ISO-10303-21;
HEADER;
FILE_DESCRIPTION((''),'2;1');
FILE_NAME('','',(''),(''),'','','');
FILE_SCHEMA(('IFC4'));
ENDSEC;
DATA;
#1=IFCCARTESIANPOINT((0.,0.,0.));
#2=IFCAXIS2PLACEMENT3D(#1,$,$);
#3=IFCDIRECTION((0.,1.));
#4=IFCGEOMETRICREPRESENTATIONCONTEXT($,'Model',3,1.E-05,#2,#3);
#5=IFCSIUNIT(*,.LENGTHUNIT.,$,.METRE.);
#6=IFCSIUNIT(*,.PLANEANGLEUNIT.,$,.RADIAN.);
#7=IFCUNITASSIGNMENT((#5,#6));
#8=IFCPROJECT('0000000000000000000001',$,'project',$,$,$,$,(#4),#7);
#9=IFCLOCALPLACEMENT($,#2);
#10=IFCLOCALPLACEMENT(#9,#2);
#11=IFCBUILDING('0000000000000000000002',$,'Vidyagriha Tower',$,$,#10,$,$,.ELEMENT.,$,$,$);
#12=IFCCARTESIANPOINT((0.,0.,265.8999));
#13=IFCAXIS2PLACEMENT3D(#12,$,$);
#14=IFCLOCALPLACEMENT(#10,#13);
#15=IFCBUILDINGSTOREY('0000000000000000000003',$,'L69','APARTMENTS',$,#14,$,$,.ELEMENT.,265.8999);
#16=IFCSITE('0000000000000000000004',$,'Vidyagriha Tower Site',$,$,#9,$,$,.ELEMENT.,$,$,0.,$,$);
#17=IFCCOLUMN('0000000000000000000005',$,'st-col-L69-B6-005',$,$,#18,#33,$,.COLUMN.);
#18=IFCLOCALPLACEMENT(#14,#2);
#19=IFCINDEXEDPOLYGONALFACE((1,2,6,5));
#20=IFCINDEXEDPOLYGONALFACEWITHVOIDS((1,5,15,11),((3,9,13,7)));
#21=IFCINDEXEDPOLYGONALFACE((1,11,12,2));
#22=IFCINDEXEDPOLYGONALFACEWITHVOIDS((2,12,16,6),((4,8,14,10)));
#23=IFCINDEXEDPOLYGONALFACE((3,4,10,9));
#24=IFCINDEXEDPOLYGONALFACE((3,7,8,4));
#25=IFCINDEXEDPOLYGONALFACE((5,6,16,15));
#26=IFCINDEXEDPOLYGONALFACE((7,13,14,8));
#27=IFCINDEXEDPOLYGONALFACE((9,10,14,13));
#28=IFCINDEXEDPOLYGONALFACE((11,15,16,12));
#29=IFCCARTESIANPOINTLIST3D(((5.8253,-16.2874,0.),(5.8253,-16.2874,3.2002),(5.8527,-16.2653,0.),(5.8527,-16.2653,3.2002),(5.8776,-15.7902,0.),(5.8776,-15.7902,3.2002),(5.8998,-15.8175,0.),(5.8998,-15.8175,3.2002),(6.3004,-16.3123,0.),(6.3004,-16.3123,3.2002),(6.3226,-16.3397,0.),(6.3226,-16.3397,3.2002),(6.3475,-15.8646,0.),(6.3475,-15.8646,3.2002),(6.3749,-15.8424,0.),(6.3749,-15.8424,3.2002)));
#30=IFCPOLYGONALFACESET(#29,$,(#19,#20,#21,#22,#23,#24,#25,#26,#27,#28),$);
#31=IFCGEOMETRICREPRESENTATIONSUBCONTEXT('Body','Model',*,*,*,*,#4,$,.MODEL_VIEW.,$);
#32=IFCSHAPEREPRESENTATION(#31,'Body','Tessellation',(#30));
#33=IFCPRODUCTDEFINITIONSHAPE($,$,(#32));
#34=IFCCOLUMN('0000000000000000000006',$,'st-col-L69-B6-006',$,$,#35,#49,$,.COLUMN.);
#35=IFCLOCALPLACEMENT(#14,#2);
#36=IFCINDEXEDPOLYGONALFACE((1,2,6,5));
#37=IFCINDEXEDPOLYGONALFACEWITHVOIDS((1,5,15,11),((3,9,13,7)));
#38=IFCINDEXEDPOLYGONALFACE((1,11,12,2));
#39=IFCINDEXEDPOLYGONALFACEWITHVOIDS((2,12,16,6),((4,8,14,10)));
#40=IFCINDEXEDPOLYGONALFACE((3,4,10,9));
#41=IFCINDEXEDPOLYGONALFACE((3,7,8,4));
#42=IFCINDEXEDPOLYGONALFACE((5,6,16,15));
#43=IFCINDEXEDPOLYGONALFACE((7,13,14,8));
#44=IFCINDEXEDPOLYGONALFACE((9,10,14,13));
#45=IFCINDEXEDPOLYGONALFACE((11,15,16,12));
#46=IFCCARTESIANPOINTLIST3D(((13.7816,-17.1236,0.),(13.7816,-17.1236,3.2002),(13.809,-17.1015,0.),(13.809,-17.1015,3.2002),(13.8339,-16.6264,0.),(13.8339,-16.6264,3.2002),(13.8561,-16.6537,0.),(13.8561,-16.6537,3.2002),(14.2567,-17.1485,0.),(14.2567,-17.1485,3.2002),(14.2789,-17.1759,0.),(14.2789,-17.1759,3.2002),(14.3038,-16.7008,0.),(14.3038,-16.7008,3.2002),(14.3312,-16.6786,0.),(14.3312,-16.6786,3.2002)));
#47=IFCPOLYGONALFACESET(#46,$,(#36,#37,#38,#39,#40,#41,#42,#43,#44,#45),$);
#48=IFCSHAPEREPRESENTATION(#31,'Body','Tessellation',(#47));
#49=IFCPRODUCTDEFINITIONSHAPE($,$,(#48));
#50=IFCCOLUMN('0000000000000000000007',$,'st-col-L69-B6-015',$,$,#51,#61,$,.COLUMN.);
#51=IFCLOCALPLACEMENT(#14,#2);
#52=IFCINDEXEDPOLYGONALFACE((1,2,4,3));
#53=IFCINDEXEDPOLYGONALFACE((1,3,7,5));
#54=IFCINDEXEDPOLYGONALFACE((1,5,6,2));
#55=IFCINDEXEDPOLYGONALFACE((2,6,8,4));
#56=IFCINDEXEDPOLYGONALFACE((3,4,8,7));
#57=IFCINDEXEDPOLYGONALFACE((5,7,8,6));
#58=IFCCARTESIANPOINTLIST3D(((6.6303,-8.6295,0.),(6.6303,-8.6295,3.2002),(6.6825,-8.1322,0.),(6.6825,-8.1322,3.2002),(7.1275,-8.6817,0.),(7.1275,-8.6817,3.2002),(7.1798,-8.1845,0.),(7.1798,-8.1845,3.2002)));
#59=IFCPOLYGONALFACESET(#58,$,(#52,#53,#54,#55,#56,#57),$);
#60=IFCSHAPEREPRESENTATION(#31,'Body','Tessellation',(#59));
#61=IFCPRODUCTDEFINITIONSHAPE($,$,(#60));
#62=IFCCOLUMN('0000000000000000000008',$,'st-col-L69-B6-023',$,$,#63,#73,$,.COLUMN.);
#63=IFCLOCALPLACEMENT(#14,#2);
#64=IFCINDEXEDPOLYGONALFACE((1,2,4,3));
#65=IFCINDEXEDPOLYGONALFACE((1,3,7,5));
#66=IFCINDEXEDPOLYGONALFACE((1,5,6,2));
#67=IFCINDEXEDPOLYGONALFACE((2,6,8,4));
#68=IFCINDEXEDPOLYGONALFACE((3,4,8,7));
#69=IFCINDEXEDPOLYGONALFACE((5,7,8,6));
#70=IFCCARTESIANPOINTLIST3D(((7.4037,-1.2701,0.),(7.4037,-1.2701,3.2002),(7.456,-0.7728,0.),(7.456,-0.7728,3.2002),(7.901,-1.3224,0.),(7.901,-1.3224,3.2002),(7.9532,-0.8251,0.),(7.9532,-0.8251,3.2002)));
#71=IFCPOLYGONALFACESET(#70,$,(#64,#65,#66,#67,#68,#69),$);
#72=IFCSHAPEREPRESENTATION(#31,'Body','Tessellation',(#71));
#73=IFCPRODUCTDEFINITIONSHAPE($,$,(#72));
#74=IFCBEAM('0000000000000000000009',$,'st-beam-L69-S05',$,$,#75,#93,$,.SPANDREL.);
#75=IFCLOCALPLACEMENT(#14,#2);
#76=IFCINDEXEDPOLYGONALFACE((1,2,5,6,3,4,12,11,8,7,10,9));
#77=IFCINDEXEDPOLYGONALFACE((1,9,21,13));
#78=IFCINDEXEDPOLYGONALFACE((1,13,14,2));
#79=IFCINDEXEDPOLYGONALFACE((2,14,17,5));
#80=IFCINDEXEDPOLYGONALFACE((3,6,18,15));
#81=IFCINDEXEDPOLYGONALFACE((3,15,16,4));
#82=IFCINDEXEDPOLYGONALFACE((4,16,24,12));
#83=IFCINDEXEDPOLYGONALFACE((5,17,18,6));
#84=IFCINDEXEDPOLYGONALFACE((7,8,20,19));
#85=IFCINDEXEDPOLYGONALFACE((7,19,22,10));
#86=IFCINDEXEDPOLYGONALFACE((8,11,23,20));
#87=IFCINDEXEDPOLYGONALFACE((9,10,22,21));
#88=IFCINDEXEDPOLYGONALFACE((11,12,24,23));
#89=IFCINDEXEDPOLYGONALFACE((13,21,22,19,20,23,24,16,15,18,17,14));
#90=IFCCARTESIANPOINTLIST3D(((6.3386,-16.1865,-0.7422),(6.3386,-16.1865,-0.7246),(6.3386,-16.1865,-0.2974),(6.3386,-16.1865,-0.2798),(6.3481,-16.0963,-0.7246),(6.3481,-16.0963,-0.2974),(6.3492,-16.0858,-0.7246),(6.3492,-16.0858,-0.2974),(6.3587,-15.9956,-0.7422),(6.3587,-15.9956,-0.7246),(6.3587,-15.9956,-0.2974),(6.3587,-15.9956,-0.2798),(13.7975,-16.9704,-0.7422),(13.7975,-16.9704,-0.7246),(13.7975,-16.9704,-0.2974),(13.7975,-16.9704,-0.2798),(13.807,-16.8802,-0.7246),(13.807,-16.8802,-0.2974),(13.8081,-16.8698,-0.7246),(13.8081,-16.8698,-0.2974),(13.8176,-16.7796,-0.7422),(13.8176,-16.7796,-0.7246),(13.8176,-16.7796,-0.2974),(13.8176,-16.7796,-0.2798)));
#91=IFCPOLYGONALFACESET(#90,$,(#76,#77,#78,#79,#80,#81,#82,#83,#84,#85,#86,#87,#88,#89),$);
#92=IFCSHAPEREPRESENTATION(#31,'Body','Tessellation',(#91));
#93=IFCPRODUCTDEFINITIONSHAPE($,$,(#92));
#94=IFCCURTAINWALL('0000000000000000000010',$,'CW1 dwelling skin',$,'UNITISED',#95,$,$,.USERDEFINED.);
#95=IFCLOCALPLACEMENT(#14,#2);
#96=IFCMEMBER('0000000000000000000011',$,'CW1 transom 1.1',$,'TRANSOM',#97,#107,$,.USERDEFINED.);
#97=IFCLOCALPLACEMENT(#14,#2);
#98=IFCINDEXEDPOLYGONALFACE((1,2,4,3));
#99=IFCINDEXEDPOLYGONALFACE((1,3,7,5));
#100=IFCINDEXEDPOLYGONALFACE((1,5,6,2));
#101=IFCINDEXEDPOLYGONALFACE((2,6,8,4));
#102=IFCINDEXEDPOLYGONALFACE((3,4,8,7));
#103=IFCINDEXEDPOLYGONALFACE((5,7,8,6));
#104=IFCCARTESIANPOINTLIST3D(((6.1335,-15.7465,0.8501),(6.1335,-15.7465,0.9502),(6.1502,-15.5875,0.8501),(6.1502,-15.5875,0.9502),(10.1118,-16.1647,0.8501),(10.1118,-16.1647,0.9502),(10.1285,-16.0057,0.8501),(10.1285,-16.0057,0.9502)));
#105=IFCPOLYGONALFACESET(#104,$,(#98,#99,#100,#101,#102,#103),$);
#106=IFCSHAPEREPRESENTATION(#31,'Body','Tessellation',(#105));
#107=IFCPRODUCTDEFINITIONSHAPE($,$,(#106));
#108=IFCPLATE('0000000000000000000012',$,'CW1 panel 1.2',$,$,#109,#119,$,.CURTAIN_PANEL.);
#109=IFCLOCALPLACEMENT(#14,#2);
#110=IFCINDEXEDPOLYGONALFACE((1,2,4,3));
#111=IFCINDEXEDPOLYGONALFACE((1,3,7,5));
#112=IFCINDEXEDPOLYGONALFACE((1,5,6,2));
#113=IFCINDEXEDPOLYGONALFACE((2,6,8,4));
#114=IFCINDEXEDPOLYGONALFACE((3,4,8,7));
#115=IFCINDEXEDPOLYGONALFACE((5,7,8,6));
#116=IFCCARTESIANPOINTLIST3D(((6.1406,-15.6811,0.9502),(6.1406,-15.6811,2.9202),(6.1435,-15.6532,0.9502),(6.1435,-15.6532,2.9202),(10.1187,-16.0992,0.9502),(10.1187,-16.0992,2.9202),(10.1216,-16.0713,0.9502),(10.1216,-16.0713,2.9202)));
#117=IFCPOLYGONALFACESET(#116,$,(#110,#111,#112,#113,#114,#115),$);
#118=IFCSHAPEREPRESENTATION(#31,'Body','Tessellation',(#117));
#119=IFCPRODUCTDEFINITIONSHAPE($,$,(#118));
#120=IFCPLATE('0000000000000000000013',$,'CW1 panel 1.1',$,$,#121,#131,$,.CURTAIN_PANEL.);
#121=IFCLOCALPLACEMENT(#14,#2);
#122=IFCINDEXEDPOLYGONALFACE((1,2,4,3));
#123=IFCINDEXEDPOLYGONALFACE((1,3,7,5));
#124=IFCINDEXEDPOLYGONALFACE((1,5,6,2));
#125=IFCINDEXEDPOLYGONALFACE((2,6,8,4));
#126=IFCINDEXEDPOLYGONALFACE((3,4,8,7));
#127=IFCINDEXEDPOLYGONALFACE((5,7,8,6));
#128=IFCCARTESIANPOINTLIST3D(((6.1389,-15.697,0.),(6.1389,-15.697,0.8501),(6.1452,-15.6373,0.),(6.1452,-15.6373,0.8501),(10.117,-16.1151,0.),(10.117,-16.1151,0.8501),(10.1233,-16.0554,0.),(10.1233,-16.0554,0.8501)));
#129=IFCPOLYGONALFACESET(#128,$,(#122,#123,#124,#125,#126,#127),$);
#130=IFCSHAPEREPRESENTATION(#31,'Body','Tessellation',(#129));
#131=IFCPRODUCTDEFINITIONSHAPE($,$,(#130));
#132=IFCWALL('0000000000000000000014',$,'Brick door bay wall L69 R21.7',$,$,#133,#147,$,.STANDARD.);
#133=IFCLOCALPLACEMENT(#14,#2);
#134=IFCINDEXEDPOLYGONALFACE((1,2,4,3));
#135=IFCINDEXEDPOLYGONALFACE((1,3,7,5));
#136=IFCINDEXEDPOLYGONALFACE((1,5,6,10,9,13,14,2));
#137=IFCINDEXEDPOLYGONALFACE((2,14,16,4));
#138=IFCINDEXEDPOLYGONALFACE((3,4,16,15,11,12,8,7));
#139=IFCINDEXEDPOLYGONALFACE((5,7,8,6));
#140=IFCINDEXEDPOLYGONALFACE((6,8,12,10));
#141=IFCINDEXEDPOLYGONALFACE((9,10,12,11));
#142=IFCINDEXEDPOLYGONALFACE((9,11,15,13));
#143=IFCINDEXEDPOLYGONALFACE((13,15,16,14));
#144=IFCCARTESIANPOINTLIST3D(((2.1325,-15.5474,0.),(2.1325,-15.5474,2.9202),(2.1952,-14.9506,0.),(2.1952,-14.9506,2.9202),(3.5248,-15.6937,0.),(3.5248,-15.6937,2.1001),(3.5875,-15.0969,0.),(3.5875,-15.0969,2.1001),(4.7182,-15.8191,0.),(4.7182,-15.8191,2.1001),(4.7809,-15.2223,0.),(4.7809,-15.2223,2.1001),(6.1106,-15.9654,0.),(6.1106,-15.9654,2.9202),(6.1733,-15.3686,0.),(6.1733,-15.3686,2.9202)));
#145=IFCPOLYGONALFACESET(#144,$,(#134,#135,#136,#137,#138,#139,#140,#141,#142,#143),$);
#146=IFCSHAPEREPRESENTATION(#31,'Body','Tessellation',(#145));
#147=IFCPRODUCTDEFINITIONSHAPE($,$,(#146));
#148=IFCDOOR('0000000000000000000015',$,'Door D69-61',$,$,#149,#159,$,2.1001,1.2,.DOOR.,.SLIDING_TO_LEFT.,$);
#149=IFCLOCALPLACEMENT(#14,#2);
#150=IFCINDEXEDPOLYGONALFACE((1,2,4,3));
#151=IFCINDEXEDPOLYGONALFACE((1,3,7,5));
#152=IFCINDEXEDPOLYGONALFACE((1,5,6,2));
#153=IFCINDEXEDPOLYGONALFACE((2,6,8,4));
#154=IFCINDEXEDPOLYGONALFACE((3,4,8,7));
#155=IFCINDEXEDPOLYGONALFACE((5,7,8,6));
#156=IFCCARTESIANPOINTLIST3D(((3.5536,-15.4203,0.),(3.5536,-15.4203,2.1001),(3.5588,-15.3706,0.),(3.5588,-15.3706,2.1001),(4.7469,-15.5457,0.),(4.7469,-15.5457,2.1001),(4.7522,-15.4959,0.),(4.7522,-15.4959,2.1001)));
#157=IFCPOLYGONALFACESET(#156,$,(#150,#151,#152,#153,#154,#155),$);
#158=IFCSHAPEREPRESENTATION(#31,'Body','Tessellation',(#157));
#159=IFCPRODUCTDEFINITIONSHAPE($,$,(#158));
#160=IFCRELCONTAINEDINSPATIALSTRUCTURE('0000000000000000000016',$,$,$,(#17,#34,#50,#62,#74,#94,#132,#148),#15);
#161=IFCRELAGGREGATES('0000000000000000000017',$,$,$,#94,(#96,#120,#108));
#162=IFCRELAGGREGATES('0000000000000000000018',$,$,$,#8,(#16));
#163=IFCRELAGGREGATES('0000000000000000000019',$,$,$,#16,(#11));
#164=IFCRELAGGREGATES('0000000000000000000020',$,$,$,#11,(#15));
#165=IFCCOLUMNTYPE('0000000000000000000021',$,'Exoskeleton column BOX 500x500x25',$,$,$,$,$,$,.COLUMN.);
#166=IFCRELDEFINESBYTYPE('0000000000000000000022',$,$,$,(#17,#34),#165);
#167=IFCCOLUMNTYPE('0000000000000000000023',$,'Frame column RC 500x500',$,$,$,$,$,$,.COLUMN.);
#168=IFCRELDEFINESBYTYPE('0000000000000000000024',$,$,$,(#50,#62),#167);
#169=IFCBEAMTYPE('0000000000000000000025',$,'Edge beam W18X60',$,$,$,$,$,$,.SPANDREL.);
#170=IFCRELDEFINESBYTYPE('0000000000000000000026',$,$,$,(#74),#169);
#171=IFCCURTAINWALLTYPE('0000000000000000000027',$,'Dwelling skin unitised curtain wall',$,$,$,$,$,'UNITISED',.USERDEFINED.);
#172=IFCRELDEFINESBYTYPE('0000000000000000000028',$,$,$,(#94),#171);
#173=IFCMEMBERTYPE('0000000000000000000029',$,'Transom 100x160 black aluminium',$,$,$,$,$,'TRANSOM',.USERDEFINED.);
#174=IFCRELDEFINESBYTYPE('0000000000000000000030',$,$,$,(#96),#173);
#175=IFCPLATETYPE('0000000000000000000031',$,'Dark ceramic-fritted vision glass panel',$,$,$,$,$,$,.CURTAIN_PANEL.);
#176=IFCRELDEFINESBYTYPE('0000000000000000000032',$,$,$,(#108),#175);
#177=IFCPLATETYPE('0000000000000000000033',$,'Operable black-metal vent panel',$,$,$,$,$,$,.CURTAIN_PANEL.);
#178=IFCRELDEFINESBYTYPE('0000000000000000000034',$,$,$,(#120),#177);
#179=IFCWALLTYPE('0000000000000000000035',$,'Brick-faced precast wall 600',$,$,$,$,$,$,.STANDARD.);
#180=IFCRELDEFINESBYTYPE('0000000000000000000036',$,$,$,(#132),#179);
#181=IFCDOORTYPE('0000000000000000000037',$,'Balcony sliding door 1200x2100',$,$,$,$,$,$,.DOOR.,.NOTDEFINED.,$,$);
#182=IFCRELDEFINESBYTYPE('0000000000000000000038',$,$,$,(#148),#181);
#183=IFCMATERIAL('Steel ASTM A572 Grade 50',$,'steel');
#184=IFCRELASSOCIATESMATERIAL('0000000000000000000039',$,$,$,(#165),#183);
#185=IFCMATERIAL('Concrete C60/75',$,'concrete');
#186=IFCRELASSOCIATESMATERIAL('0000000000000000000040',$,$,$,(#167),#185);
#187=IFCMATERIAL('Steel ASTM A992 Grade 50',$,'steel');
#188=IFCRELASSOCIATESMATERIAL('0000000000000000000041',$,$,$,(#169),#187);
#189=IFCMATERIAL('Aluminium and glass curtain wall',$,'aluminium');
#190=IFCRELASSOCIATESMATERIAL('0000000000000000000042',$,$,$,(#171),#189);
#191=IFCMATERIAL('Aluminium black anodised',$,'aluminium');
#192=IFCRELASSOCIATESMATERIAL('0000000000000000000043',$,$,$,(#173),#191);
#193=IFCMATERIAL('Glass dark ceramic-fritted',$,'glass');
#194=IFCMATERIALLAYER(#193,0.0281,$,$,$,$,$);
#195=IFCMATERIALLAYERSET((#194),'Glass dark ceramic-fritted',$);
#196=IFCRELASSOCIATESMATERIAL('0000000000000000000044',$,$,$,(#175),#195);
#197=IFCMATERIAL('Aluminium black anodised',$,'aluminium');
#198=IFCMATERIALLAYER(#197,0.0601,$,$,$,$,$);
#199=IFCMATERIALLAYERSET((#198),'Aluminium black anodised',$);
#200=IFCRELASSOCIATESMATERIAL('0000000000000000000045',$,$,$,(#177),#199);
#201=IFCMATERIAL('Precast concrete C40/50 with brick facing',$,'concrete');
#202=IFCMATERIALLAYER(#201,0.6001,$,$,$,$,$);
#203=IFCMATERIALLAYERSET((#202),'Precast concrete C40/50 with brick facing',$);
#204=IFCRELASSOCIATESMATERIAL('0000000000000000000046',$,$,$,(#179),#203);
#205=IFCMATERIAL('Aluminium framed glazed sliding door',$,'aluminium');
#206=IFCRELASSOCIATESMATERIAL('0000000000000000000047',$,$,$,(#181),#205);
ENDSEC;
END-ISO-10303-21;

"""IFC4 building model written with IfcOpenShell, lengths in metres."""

from ifc_helpers import new_model, si_unit, direction, frame, frame_2d, origin, origin_2d, place, context, subcontext, project, spatial, rectangle, hollow_rectangle, i_section, extrude, material, layer, layer_set, material_profile, profile_set, type_object, element, fill, aggregate, save


model = new_model("IFC4")

# Units and contexts
model_context = context("Model", 3, precision=1e-05, world=origin(), true_north=direction((0.0, 1.0)))
body_context = subcontext(model_context, "Body", "Model", "MODEL_VIEW")
ifc_project = project(units=[si_unit("LENGTHUNIT", "METRE"), si_unit("PLANEANGLEUNIT", "RADIAN")], contexts=[model_context])

# Site, building, storey
site_placement = place(None, origin())
site = spatial("IfcSite", under=ifc_project, at=site_placement, Name="Vidyagriha Tower Site", CompositionType="ELEMENT", RefElevation=0.0)
building_placement = place(site_placement, origin())
building = spatial("IfcBuilding", under=site, at=building_placement, Name="Vidyagriha Tower", CompositionType="ELEMENT")
storey_placement = place(building_placement, frame((0.0, 0.0, 265.8999)))
storey = spatial("IfcBuildingStorey", under=building, at=storey_placement, Name="L69", Description="APARTMENTS", CompositionType="ELEMENT", Elevation=265.8999)

# Columns
ifc_material_1 = material(Name="Steel ASTM A572 Grade 50", Category="steel")
ifc_material_profile_1 = material_profile(ifc_material_1, hollow_rectangle(XDim=0.5, YDim=0.5, WallThickness=0.0249, at=origin_2d()), Name="BOX 500x500x25")
ifc_profile_set_1 = profile_set([ifc_material_profile_1], Name="Steel ASTM A572 Grade 50")
column_type_1 = type_object("IfcColumnType", Name="Exoskeleton column BOX 500x500x25", PredefinedType="COLUMN", material=ifc_profile_set_1)
for number, where, z_axis, x_axis, name in (
    (1, (6.1001, -16.0649, 0.0), (0.0, 0.0, 1.0), (0.994522, -0.104528, 0.0), "st-col-L69-B6-005"),
    (2, (14.0564, -16.9011, 0.0), (0.0, 0.0, 1.0), (0.994522, -0.104528, 0.0), "st-col-L69-B6-006"),
):
    element("IfcColumn", number, at=place(storey_placement, frame(where, z_axis=z_axis, x_axis=x_axis)), inside=storey, type_object=column_type_1, Name=name, PredefinedType="COLUMN", context=body_context, shape_type="SweptSolid", body=[
        extrude(hollow_rectangle(XDim=0.5, YDim=0.5, WallThickness=0.0249, at=origin_2d()), origin(), (0.0, 0.0, 1.0), 3.2002),
    ])
ifc_material_2 = material(Name="Concrete C60/75", Category="concrete")
ifc_material_profile_2 = material_profile(ifc_material_2, rectangle(XDim=0.5, YDim=0.5, at=origin_2d()), Name="RC 500x500")
ifc_profile_set_2 = profile_set([ifc_material_profile_2], Name="Concrete C60/75")
column_type_2 = type_object("IfcColumnType", Name="Frame column RC 500x500", PredefinedType="COLUMN", material=ifc_profile_set_2)
for number, where, z_axis, x_axis, name in (
    (3, (6.905, -8.407, 0.0), (0.0, 0.0, 1.0), (0.994522, -0.104528, 0.0), "st-col-L69-B6-015"),
    (4, (7.6785, -1.0476, 0.0), (0.0, 0.0, 1.0), (0.994522, -0.104528, 0.0), "st-col-L69-B6-023"),
):
    element("IfcColumn", number, at=place(storey_placement, frame(where, z_axis=z_axis, x_axis=x_axis)), inside=storey, type_object=column_type_2, Name=name, PredefinedType="COLUMN", context=body_context, shape_type="SweptSolid", body=[
        extrude(rectangle(XDim=0.5, YDim=0.5, at=origin_2d()), origin(), (0.0, 0.0, 1.0), 3.2002),
    ])

# Beam
ifc_material_3 = material(Name="Steel ASTM A992 Grade 50", Category="steel")
ifc_material_profile_3 = material_profile(ifc_material_3, i_section(OverallWidth=0.1919, OverallDepth=0.4624, WebThickness=0.0105, FlangeThickness=0.0176, at=origin_2d()), Name="W18X60")
ifc_profile_set_3 = profile_set([ifc_material_profile_3], Name="Steel ASTM A992 Grade 50")
beam_type = type_object("IfcBeamType", Name="Edge beam W18X60", PredefinedType="SPANDREL", material=ifc_profile_set_3)
beam_placement = place(storey_placement, frame((6.3486, -16.0911, -0.511), z_axis=(0.994522, -0.104524, 0.0), x_axis=(0.104524, 0.994522, 0.0)))
element("IfcBeam", 5, at=beam_placement, inside=storey, type_object=beam_type, Name="st-beam-L69-S05", PredefinedType="SPANDREL", context=body_context, shape_type="SweptSolid", body=[
    extrude(i_section(OverallWidth=0.1919, OverallDepth=0.4624, WebThickness=0.0105, FlangeThickness=0.0176, at=origin_2d()), origin(), (0.0, 0.0, 1.0), 7.5),
])

# Curtain wall, member, plates
ifc_material_4 = material(Name="Aluminium and glass curtain wall", Category="aluminium")
curtain_wall_type = type_object("IfcCurtainWallType", Name="Dwelling skin unitised curtain wall", ElementType="UNITISED", PredefinedType="USERDEFINED", material=ifc_material_4)
curtain_wall_placement = place(storey_placement, origin())
curtain_wall = element("IfcCurtainWall", 6, at=curtain_wall_placement, inside=storey, type_object=curtain_wall_type, Name="CW1 dwelling skin", ObjectType="UNITISED", PredefinedType="USERDEFINED")
ifc_material_5 = material(Name="Aluminium black anodised", Category="aluminium")
ifc_material_profile_4 = material_profile(ifc_material_5, rectangle(XDim=0.1599, YDim=0.1001, at=origin_2d()), Name="Transom 100x160 black aluminium")
ifc_profile_set_4 = profile_set([ifc_material_profile_4], Name="Aluminium black anodised")
member_type = type_object("IfcMemberType", Name="Transom 100x160 black aluminium", ElementType="TRANSOM", PredefinedType="USERDEFINED", material=ifc_profile_set_4)
member_placement = place(storey_placement, frame((6.1418, -15.667, 0.9001), z_axis=(0.99452, -0.104548, 0.0), x_axis=(0.104548, 0.99452, 0.0)))
member = element("IfcMember", 7, at=member_placement, type_object=member_type, Name="CW1 transom 1.1", ObjectType="TRANSOM", PredefinedType="USERDEFINED", context=body_context, shape_type="SweptSolid", body=[
    extrude(rectangle(XDim=0.1599, YDim=0.1001, at=origin_2d()), origin(), (0.0, 0.0, 1.0), 4.0002),
])
ifc_material_6 = material(Name="Glass dark ceramic-fritted", Category="glass")
ifc_layer_1 = layer(ifc_material_6, 0.0281)
ifc_layer_set_1 = layer_set([ifc_layer_1], Name="Glass dark ceramic-fritted")
plate_type_1 = type_object("IfcPlateType", Name="Dark ceramic-fritted vision glass panel", PredefinedType="CURTAIN_PANEL", material=ifc_layer_set_1)
plate_1_placement = place(storey_placement, frame((8.1311, -15.8762, 0.9502), z_axis=(0.0, 0.0, 1.0), x_axis=(0.994522, -0.104525, 0.0)))
plate_1 = element("IfcPlate", 8, at=plate_1_placement, type_object=plate_type_1, Name="CW1 panel 1.2", PredefinedType="CURTAIN_PANEL", context=body_context, shape_type="SweptSolid", body=[
    extrude(rectangle(XDim=4.0, YDim=0.0281, at=origin_2d()), origin(), (0.0, 0.0, 1.0), 1.97),
])
ifc_material_7 = material(Name="Aluminium black anodised", Category="aluminium")
ifc_layer_2 = layer(ifc_material_7, 0.0601)
ifc_layer_set_2 = layer_set([ifc_layer_2], Name="Aluminium black anodised")
plate_type_2 = type_object("IfcPlateType", Name="Operable black-metal vent panel", PredefinedType="CURTAIN_PANEL", material=ifc_layer_set_2)
plate_2_placement = place(storey_placement, frame((8.1311, -15.8762, 0.0), z_axis=(0.0, 0.0, 1.0), x_axis=(0.994522, -0.104525, 0.0)))
plate_2 = element("IfcPlate", 9, at=plate_2_placement, type_object=plate_type_2, Name="CW1 panel 1.1", PredefinedType="CURTAIN_PANEL", context=body_context, shape_type="SweptSolid", body=[
    extrude(rectangle(XDim=4.0, YDim=0.0601, at=origin_2d()), origin(), (0.0, 0.0, 1.0), 0.8501),
])
aggregate(curtain_wall, [member, plate_2, plate_1])

# Wall, opening, door
ifc_material_8 = material(Name="Precast concrete C40/50 with brick facing", Category="concrete")
ifc_layer_3 = layer(ifc_material_8, 0.6001)
ifc_layer_set_3 = layer_set([ifc_layer_3], Name="Precast concrete C40/50 with brick facing")
wall_type_1 = type_object("IfcWallType", Name="Brick-faced precast wall 600", PredefinedType="STANDARD", material=ifc_layer_set_3)
wall_1_placement = place(storey_placement, frame((2.1638, -15.249, 0.0), z_axis=(0.0, 0.0, 1.0), x_axis=(0.994526, -0.104494, 0.0)))
wall_1 = element("IfcWall", 10, at=wall_1_placement, inside=storey, type_object=wall_type_1, Name="Brick door bay wall L69 R21.7", PredefinedType="STANDARD", context=body_context, shape_type="SweptSolid", body=[
    extrude(rectangle(XDim=4.0, YDim=0.6001, at=frame_2d((2.0, 0.0))), origin(), (0.0, 0.0, 1.0), 2.9202),
])
opening_1_placement = place(wall_1_placement, frame((1.3999, 0.0, 0.0)))
opening_1 = element("IfcOpeningElement", 11, at=opening_1_placement, cuts=wall_1, PredefinedType="OPENING", context=body_context, shape_type="SweptSolid", body=[
    extrude(rectangle(XDim=1.2, YDim=2.1001, at=frame_2d((0.6001, 1.05))), frame((0.0, 0.3101, 0.0), z_axis=(0.0, -1.0, 0.0), x_axis=(1.0, 0.0, 0.0)), (0.0, 0.0, 1.0), 0.6201),
])
ifc_material_9 = material(Name="Aluminium framed glazed sliding door", Category="aluminium")
door_type_1 = type_object("IfcDoorType", Name="Balcony sliding door 1200x2100", OperationType="NOTDEFINED", PredefinedType="DOOR", material=ifc_material_9)
door_1_placement = place(opening_1_placement, origin())
door_1 = element("IfcDoor", 12, at=door_1_placement, inside=storey, type_object=door_type_1, Name="Door D69-61", OperationType="SLIDING_TO_LEFT", OverallHeight=2.1001, OverallWidth=1.2, PredefinedType="DOOR", context=body_context, shape_type="SweptSolid", body=[
    extrude(rectangle(XDim=1.2, YDim=2.1001, at=frame_2d((0.6001, 1.05))), frame((0.0, 0.0249, 0.0), z_axis=(0.0, -1.0, 0.0), x_axis=(1.0, 0.0, 0.0)), (0.0, 0.0, 1.0), 0.05),
])
fill(opening_1, door_1)

save(model, "model.ifc")
